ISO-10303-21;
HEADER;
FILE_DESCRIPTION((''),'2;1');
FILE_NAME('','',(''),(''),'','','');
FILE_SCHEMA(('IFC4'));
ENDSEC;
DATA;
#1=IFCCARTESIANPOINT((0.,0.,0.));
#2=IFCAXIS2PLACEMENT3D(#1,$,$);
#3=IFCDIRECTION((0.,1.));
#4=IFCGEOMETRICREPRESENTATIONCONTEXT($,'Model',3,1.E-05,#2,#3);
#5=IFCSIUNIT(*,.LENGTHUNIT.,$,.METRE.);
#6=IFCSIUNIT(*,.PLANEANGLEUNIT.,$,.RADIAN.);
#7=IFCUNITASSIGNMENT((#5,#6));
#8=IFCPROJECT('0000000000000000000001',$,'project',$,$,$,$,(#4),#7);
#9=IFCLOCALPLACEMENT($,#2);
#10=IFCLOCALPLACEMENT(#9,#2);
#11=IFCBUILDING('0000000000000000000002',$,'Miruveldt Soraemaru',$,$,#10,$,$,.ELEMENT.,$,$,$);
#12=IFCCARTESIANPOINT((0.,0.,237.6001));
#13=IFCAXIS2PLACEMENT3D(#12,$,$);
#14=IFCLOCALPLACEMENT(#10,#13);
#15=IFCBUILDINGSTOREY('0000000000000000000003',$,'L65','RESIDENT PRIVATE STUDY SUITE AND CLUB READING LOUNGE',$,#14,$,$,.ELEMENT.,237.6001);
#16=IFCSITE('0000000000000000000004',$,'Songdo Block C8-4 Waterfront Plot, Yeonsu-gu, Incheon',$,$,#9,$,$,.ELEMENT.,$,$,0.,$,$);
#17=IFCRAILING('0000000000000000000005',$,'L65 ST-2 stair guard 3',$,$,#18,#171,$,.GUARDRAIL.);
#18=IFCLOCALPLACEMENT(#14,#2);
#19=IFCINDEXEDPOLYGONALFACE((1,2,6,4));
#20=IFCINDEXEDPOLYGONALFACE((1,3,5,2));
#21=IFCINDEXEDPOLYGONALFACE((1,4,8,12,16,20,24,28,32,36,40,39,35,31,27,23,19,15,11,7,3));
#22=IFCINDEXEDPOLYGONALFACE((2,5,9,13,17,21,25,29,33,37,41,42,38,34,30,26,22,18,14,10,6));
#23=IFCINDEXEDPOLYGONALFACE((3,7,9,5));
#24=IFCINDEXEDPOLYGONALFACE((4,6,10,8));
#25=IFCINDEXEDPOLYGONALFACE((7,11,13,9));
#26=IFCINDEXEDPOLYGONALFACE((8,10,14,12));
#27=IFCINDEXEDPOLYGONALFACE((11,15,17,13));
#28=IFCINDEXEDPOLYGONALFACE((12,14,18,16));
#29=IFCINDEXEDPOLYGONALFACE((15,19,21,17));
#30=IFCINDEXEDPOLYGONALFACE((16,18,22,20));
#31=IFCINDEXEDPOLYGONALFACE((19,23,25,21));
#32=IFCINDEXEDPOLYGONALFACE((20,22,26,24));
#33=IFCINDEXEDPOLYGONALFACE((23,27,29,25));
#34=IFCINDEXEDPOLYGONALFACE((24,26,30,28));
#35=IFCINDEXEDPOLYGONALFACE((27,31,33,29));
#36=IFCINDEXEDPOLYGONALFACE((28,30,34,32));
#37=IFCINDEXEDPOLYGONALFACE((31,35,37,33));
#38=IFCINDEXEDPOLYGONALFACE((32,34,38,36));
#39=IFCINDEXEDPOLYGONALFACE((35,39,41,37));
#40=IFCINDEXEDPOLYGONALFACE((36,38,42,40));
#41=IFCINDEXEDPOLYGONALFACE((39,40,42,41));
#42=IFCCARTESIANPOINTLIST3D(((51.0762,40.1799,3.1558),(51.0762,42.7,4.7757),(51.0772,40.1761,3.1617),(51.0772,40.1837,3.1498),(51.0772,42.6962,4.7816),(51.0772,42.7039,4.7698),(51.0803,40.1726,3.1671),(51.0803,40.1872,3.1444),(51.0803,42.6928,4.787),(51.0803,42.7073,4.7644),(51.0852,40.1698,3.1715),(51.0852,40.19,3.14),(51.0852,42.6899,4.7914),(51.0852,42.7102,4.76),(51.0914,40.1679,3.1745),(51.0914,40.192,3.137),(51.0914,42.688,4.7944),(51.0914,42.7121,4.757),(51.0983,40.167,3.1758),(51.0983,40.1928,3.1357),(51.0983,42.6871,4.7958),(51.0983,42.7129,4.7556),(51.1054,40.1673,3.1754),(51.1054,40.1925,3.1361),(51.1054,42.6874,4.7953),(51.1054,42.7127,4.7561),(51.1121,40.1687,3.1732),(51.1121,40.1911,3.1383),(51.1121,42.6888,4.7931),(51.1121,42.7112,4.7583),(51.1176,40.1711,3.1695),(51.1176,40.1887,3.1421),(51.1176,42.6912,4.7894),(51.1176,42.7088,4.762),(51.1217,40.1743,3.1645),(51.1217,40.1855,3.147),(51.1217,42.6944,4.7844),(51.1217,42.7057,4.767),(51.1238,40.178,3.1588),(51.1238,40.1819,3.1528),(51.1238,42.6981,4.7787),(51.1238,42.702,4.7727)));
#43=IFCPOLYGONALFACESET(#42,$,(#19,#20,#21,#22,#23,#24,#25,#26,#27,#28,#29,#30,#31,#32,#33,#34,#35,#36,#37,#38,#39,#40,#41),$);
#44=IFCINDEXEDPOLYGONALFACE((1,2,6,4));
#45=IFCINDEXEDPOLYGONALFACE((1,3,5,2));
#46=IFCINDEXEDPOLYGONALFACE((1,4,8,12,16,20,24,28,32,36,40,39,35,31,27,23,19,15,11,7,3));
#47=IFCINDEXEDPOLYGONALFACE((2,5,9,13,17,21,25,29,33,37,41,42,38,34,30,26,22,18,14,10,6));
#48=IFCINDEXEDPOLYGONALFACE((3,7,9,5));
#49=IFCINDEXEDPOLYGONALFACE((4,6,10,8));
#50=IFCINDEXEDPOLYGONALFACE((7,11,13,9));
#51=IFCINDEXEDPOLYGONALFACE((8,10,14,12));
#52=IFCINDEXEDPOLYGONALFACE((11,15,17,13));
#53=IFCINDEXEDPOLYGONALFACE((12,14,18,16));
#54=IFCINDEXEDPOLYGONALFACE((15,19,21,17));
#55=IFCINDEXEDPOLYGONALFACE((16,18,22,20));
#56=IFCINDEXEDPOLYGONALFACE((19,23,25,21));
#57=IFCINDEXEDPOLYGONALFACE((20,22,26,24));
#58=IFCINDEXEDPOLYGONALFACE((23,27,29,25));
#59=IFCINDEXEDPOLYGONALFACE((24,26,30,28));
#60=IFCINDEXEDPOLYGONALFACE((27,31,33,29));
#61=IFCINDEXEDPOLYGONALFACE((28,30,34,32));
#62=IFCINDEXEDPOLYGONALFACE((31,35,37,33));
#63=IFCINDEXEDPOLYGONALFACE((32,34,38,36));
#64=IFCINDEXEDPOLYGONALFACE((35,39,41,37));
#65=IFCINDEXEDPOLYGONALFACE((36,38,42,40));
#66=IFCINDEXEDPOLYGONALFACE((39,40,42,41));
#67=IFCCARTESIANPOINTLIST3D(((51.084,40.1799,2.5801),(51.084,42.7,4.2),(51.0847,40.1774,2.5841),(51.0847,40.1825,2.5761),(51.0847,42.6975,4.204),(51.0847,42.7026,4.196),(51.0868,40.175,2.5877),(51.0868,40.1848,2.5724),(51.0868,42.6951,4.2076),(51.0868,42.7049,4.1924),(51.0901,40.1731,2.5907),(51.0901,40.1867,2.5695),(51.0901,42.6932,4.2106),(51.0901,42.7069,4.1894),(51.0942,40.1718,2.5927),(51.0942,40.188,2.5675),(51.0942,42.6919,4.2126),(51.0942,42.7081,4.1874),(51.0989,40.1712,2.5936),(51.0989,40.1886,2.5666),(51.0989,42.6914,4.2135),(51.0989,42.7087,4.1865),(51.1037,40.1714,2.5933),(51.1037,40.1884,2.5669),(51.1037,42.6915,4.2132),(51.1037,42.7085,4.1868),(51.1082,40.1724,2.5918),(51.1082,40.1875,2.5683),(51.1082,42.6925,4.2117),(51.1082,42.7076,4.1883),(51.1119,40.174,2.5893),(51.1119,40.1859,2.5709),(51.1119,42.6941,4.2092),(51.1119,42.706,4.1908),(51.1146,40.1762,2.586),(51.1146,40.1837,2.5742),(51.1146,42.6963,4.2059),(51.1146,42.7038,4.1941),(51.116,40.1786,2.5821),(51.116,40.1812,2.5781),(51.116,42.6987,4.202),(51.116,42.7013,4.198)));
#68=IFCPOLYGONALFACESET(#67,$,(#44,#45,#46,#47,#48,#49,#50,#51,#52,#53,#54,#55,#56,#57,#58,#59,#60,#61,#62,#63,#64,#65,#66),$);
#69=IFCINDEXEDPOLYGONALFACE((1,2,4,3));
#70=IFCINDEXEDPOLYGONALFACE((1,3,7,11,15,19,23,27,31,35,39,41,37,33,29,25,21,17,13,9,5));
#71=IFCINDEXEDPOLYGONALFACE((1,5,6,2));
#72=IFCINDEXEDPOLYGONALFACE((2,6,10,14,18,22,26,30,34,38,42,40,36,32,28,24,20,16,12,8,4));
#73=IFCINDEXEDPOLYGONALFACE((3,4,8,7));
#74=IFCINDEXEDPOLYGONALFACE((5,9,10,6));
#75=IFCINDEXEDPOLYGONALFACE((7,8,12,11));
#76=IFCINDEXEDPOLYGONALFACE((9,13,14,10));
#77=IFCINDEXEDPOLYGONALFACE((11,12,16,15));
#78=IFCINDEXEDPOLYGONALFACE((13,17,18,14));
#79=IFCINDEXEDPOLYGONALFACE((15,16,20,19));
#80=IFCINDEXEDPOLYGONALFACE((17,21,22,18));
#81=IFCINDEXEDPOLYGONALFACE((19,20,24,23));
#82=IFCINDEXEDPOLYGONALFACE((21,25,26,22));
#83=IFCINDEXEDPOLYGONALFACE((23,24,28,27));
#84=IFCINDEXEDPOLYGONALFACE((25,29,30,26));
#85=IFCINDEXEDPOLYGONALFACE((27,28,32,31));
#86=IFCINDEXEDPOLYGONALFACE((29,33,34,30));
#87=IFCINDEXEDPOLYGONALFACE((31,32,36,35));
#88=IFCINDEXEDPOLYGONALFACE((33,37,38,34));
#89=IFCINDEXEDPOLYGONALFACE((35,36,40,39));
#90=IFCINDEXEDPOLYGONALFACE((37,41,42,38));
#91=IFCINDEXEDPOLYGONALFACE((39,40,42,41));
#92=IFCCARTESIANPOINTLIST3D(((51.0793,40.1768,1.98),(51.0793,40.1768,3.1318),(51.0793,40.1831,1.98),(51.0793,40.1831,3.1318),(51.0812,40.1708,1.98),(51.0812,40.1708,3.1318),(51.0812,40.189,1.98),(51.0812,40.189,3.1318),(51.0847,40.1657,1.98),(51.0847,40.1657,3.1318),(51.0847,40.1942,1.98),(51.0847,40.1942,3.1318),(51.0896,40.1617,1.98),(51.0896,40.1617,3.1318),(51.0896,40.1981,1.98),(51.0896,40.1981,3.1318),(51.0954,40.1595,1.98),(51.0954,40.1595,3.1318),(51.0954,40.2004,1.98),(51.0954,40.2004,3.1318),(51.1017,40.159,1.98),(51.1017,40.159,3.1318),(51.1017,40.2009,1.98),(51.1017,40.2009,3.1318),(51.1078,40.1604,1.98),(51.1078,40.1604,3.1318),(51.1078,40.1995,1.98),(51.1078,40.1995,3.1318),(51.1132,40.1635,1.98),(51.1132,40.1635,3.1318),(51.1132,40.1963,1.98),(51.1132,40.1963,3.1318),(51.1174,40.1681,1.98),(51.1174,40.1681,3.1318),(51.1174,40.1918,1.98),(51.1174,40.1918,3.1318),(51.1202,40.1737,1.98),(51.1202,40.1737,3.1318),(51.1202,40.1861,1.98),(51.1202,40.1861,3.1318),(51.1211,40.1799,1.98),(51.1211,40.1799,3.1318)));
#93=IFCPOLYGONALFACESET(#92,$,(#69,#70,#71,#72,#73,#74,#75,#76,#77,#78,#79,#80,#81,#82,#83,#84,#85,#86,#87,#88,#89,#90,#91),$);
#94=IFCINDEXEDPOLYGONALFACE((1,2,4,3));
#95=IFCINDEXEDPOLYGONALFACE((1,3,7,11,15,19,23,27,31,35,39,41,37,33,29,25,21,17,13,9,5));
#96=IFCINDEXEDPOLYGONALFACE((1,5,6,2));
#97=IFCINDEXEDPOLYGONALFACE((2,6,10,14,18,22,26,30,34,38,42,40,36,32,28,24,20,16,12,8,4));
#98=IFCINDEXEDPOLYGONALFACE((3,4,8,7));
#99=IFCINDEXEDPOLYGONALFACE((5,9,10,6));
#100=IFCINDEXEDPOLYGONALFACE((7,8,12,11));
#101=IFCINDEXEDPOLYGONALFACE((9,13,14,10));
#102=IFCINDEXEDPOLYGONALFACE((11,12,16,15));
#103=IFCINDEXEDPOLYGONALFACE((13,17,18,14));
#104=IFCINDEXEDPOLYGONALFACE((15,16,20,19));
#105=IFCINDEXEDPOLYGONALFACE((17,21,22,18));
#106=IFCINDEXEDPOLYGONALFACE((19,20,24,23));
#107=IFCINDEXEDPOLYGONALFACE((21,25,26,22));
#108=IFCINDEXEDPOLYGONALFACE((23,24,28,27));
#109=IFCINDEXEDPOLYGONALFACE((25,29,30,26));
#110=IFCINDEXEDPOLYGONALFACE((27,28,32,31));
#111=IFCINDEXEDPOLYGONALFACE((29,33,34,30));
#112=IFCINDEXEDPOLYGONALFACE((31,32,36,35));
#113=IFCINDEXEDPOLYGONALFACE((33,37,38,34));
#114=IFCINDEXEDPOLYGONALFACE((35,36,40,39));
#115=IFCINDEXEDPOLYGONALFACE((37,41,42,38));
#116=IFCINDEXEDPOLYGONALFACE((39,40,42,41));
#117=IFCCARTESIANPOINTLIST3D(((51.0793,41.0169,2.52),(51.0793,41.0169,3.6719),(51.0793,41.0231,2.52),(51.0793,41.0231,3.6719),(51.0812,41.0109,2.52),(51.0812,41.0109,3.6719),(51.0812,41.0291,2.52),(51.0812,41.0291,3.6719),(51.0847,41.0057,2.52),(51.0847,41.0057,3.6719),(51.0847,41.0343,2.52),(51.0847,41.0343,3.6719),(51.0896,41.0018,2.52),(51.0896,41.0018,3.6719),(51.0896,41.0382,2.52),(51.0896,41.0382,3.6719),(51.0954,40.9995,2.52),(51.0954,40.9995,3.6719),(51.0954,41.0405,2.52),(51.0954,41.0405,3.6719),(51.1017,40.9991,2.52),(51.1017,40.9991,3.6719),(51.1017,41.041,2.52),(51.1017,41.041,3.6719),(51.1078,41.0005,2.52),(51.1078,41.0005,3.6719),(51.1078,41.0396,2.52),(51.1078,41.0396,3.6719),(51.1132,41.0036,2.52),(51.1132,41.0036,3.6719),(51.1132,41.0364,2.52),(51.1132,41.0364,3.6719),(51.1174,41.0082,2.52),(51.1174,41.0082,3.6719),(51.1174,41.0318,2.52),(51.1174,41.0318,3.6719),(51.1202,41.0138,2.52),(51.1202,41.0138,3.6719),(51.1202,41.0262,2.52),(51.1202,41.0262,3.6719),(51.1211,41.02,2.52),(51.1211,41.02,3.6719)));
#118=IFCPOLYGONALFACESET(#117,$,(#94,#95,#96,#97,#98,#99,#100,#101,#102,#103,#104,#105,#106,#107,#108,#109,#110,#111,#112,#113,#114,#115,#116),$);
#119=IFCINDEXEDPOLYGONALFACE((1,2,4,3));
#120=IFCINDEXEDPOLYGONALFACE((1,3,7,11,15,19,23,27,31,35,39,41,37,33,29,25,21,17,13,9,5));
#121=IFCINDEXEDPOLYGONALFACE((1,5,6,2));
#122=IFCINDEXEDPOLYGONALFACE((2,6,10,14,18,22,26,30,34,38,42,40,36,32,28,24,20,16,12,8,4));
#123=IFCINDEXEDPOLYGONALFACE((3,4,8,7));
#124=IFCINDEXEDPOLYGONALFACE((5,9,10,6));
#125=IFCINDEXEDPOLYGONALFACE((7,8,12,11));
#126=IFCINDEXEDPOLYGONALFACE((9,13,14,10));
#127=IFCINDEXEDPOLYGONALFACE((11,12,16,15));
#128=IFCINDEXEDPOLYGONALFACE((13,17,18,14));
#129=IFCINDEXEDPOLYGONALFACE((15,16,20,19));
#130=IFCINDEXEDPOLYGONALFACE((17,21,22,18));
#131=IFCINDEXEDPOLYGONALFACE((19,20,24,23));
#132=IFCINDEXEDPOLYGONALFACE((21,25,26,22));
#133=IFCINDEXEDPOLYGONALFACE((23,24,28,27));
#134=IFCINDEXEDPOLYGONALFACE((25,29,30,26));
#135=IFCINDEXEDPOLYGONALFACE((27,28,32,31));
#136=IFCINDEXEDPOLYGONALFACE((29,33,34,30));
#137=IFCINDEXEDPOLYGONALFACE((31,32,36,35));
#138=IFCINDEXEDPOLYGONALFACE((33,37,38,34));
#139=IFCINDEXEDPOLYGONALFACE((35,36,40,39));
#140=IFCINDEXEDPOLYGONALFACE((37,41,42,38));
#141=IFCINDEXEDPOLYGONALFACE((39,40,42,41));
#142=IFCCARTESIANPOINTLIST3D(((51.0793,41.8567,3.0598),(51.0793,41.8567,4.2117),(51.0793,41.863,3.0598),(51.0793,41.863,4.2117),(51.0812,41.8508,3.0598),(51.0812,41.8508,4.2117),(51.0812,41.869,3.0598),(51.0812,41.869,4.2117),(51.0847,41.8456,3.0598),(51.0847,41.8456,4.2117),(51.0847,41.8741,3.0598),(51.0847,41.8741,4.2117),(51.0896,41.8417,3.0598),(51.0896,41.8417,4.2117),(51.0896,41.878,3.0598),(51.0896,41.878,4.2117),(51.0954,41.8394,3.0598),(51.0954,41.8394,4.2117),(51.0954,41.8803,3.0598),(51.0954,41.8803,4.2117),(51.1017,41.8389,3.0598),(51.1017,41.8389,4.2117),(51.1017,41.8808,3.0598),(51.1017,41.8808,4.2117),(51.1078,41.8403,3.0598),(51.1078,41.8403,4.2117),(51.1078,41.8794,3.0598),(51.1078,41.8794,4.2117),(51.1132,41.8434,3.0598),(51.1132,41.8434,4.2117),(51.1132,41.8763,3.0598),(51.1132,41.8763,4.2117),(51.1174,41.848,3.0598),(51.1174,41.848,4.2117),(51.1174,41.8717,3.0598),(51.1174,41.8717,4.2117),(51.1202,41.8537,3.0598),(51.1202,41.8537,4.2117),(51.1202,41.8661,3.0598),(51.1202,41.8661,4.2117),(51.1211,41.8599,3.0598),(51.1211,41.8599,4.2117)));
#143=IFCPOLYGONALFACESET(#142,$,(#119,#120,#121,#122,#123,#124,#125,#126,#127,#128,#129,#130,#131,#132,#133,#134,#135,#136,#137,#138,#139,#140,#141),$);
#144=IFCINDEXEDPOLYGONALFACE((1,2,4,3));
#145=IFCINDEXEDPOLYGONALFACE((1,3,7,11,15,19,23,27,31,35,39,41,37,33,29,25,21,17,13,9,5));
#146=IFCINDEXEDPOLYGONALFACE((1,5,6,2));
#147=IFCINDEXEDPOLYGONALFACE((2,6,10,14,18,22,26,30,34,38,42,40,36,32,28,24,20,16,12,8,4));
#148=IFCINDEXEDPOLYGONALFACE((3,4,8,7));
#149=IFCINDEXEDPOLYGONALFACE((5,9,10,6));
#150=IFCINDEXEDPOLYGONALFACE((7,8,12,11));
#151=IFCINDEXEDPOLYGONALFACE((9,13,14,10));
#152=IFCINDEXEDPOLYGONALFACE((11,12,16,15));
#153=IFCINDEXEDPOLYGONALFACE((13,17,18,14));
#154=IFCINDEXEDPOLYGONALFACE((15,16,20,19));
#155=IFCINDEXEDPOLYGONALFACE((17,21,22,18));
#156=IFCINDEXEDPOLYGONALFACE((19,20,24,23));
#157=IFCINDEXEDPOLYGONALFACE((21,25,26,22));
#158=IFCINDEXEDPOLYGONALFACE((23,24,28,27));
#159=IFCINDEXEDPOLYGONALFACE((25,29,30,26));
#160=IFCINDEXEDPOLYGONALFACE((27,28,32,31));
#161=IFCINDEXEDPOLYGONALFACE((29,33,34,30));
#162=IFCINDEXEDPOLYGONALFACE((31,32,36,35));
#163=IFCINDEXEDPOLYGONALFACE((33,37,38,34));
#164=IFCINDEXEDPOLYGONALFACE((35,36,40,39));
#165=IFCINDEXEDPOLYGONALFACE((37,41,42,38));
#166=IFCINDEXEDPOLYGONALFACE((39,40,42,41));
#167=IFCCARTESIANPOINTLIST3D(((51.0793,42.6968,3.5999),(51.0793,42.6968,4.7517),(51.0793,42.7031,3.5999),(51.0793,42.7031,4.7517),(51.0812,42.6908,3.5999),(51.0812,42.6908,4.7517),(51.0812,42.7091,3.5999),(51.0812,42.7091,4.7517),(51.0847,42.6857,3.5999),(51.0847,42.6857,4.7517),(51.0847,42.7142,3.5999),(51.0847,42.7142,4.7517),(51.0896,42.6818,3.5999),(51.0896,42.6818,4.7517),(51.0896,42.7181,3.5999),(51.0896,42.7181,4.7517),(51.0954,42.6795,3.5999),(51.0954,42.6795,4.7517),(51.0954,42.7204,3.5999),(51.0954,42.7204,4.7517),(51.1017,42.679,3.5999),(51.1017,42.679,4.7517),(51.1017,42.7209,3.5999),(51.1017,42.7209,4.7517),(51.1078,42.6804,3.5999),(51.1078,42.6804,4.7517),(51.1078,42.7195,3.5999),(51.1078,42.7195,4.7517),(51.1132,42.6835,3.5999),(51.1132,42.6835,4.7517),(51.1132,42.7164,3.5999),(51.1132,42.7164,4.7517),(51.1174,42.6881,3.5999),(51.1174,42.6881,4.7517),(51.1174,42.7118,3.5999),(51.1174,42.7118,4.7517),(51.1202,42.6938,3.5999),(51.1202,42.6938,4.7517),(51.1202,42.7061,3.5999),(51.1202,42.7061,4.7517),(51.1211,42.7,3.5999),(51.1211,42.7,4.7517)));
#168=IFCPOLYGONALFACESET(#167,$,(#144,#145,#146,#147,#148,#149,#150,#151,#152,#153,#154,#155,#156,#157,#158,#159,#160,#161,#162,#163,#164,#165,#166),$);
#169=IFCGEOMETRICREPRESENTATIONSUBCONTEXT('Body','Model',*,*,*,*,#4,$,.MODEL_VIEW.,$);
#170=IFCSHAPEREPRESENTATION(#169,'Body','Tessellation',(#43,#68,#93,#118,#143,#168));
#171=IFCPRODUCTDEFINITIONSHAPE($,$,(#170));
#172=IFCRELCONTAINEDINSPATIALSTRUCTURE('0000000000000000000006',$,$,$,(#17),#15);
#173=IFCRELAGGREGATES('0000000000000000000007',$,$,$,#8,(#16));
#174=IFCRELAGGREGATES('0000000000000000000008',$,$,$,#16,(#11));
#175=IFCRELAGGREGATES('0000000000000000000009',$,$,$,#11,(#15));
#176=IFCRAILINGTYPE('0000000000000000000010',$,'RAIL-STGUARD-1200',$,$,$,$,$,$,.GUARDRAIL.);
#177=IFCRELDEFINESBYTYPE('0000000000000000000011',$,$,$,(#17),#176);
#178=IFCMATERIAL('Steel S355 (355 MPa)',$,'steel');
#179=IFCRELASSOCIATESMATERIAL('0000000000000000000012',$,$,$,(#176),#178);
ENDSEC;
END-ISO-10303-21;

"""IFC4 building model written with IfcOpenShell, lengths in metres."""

from ifc_helpers import new_model, si_unit, direction, frame, origin, origin_2d, place, context, subcontext, project, spatial, circle, extrude, material, type_object, element, save


model = new_model("IFC4")

# Units and contexts
model_context = context("Model", 3, precision=1e-05, world=origin(), true_north=direction((0.0, 1.0)))
body_context = subcontext(model_context, "Body", "Model", "MODEL_VIEW")
ifc_project = project(units=[si_unit("LENGTHUNIT", "METRE"), si_unit("PLANEANGLEUNIT", "RADIAN")], contexts=[model_context])

# Site, building, storey
site_placement = place(None, origin())
site = spatial("IfcSite", under=ifc_project, at=site_placement, Name="Songdo Block C8-4 Waterfront Plot, Yeonsu-gu, Incheon", CompositionType="ELEMENT", RefElevation=0.0)
building_placement = place(site_placement, origin())
building = spatial("IfcBuilding", under=site, at=building_placement, Name="Miruveldt Soraemaru", CompositionType="ELEMENT")
storey_placement = place(building_placement, frame((0.0, 0.0, 237.6001)))
storey = spatial("IfcBuildingStorey", under=building, at=storey_placement, Name="L65", Description="RESIDENT PRIVATE STUDY SUITE AND CLUB READING LOUNGE", CompositionType="ELEMENT", Elevation=237.6001)

# Railing
ifc_material_1 = material(Name="Steel S355 (355 MPa)", Category="steel")
railing_type_1 = type_object("IfcRailingType", Name="RAIL-STGUARD-1200", PredefinedType="GUARDRAIL", material=ifc_material_1)
railing_1_placement = place(storey_placement, frame((51.1001, 40.1799, 1.98)))
element("IfcRailing", 1, at=railing_1_placement, inside=storey, type_object=railing_type_1, Name="L65 ST-2 stair guard 3", PredefinedType="GUARDRAIL", context=body_context, shape_type="SweptSolid", body=[
    extrude(circle(Radius=0.0239, at=origin_2d()), frame((0.0, 0.0, 1.1758), z_axis=(0.0, 0.8412, 0.540725), x_axis=(-1.0, 0.0, 0.0)), (0.0, 0.0, 1.0), 2.9958),
    extrude(circle(Radius=0.0161, at=origin_2d()), frame((0.0, 0.0, 0.6001), z_axis=(0.0, 0.8412, 0.540725), x_axis=(-1.0, 0.0, 0.0)), (0.0, 0.0, 1.0), 2.9958),
    extrude(circle(Radius=0.021, at=origin_2d()), origin(), (0.0, 0.0, 1.0), 1.1519),
    extrude(circle(Radius=0.021, at=origin_2d()), frame((0.0, 0.8401, 0.54)), (0.0, 0.0, 1.0), 1.1519),
    extrude(circle(Radius=0.021, at=origin_2d()), frame((0.0, 1.6799, 1.0798)), (0.0, 0.0, 1.0), 1.1519),
    extrude(circle(Radius=0.021, at=origin_2d()), frame((0.0, 2.52, 1.6199)), (0.0, 0.0, 1.0), 1.1519),
])

save(model, "model.ifc")
